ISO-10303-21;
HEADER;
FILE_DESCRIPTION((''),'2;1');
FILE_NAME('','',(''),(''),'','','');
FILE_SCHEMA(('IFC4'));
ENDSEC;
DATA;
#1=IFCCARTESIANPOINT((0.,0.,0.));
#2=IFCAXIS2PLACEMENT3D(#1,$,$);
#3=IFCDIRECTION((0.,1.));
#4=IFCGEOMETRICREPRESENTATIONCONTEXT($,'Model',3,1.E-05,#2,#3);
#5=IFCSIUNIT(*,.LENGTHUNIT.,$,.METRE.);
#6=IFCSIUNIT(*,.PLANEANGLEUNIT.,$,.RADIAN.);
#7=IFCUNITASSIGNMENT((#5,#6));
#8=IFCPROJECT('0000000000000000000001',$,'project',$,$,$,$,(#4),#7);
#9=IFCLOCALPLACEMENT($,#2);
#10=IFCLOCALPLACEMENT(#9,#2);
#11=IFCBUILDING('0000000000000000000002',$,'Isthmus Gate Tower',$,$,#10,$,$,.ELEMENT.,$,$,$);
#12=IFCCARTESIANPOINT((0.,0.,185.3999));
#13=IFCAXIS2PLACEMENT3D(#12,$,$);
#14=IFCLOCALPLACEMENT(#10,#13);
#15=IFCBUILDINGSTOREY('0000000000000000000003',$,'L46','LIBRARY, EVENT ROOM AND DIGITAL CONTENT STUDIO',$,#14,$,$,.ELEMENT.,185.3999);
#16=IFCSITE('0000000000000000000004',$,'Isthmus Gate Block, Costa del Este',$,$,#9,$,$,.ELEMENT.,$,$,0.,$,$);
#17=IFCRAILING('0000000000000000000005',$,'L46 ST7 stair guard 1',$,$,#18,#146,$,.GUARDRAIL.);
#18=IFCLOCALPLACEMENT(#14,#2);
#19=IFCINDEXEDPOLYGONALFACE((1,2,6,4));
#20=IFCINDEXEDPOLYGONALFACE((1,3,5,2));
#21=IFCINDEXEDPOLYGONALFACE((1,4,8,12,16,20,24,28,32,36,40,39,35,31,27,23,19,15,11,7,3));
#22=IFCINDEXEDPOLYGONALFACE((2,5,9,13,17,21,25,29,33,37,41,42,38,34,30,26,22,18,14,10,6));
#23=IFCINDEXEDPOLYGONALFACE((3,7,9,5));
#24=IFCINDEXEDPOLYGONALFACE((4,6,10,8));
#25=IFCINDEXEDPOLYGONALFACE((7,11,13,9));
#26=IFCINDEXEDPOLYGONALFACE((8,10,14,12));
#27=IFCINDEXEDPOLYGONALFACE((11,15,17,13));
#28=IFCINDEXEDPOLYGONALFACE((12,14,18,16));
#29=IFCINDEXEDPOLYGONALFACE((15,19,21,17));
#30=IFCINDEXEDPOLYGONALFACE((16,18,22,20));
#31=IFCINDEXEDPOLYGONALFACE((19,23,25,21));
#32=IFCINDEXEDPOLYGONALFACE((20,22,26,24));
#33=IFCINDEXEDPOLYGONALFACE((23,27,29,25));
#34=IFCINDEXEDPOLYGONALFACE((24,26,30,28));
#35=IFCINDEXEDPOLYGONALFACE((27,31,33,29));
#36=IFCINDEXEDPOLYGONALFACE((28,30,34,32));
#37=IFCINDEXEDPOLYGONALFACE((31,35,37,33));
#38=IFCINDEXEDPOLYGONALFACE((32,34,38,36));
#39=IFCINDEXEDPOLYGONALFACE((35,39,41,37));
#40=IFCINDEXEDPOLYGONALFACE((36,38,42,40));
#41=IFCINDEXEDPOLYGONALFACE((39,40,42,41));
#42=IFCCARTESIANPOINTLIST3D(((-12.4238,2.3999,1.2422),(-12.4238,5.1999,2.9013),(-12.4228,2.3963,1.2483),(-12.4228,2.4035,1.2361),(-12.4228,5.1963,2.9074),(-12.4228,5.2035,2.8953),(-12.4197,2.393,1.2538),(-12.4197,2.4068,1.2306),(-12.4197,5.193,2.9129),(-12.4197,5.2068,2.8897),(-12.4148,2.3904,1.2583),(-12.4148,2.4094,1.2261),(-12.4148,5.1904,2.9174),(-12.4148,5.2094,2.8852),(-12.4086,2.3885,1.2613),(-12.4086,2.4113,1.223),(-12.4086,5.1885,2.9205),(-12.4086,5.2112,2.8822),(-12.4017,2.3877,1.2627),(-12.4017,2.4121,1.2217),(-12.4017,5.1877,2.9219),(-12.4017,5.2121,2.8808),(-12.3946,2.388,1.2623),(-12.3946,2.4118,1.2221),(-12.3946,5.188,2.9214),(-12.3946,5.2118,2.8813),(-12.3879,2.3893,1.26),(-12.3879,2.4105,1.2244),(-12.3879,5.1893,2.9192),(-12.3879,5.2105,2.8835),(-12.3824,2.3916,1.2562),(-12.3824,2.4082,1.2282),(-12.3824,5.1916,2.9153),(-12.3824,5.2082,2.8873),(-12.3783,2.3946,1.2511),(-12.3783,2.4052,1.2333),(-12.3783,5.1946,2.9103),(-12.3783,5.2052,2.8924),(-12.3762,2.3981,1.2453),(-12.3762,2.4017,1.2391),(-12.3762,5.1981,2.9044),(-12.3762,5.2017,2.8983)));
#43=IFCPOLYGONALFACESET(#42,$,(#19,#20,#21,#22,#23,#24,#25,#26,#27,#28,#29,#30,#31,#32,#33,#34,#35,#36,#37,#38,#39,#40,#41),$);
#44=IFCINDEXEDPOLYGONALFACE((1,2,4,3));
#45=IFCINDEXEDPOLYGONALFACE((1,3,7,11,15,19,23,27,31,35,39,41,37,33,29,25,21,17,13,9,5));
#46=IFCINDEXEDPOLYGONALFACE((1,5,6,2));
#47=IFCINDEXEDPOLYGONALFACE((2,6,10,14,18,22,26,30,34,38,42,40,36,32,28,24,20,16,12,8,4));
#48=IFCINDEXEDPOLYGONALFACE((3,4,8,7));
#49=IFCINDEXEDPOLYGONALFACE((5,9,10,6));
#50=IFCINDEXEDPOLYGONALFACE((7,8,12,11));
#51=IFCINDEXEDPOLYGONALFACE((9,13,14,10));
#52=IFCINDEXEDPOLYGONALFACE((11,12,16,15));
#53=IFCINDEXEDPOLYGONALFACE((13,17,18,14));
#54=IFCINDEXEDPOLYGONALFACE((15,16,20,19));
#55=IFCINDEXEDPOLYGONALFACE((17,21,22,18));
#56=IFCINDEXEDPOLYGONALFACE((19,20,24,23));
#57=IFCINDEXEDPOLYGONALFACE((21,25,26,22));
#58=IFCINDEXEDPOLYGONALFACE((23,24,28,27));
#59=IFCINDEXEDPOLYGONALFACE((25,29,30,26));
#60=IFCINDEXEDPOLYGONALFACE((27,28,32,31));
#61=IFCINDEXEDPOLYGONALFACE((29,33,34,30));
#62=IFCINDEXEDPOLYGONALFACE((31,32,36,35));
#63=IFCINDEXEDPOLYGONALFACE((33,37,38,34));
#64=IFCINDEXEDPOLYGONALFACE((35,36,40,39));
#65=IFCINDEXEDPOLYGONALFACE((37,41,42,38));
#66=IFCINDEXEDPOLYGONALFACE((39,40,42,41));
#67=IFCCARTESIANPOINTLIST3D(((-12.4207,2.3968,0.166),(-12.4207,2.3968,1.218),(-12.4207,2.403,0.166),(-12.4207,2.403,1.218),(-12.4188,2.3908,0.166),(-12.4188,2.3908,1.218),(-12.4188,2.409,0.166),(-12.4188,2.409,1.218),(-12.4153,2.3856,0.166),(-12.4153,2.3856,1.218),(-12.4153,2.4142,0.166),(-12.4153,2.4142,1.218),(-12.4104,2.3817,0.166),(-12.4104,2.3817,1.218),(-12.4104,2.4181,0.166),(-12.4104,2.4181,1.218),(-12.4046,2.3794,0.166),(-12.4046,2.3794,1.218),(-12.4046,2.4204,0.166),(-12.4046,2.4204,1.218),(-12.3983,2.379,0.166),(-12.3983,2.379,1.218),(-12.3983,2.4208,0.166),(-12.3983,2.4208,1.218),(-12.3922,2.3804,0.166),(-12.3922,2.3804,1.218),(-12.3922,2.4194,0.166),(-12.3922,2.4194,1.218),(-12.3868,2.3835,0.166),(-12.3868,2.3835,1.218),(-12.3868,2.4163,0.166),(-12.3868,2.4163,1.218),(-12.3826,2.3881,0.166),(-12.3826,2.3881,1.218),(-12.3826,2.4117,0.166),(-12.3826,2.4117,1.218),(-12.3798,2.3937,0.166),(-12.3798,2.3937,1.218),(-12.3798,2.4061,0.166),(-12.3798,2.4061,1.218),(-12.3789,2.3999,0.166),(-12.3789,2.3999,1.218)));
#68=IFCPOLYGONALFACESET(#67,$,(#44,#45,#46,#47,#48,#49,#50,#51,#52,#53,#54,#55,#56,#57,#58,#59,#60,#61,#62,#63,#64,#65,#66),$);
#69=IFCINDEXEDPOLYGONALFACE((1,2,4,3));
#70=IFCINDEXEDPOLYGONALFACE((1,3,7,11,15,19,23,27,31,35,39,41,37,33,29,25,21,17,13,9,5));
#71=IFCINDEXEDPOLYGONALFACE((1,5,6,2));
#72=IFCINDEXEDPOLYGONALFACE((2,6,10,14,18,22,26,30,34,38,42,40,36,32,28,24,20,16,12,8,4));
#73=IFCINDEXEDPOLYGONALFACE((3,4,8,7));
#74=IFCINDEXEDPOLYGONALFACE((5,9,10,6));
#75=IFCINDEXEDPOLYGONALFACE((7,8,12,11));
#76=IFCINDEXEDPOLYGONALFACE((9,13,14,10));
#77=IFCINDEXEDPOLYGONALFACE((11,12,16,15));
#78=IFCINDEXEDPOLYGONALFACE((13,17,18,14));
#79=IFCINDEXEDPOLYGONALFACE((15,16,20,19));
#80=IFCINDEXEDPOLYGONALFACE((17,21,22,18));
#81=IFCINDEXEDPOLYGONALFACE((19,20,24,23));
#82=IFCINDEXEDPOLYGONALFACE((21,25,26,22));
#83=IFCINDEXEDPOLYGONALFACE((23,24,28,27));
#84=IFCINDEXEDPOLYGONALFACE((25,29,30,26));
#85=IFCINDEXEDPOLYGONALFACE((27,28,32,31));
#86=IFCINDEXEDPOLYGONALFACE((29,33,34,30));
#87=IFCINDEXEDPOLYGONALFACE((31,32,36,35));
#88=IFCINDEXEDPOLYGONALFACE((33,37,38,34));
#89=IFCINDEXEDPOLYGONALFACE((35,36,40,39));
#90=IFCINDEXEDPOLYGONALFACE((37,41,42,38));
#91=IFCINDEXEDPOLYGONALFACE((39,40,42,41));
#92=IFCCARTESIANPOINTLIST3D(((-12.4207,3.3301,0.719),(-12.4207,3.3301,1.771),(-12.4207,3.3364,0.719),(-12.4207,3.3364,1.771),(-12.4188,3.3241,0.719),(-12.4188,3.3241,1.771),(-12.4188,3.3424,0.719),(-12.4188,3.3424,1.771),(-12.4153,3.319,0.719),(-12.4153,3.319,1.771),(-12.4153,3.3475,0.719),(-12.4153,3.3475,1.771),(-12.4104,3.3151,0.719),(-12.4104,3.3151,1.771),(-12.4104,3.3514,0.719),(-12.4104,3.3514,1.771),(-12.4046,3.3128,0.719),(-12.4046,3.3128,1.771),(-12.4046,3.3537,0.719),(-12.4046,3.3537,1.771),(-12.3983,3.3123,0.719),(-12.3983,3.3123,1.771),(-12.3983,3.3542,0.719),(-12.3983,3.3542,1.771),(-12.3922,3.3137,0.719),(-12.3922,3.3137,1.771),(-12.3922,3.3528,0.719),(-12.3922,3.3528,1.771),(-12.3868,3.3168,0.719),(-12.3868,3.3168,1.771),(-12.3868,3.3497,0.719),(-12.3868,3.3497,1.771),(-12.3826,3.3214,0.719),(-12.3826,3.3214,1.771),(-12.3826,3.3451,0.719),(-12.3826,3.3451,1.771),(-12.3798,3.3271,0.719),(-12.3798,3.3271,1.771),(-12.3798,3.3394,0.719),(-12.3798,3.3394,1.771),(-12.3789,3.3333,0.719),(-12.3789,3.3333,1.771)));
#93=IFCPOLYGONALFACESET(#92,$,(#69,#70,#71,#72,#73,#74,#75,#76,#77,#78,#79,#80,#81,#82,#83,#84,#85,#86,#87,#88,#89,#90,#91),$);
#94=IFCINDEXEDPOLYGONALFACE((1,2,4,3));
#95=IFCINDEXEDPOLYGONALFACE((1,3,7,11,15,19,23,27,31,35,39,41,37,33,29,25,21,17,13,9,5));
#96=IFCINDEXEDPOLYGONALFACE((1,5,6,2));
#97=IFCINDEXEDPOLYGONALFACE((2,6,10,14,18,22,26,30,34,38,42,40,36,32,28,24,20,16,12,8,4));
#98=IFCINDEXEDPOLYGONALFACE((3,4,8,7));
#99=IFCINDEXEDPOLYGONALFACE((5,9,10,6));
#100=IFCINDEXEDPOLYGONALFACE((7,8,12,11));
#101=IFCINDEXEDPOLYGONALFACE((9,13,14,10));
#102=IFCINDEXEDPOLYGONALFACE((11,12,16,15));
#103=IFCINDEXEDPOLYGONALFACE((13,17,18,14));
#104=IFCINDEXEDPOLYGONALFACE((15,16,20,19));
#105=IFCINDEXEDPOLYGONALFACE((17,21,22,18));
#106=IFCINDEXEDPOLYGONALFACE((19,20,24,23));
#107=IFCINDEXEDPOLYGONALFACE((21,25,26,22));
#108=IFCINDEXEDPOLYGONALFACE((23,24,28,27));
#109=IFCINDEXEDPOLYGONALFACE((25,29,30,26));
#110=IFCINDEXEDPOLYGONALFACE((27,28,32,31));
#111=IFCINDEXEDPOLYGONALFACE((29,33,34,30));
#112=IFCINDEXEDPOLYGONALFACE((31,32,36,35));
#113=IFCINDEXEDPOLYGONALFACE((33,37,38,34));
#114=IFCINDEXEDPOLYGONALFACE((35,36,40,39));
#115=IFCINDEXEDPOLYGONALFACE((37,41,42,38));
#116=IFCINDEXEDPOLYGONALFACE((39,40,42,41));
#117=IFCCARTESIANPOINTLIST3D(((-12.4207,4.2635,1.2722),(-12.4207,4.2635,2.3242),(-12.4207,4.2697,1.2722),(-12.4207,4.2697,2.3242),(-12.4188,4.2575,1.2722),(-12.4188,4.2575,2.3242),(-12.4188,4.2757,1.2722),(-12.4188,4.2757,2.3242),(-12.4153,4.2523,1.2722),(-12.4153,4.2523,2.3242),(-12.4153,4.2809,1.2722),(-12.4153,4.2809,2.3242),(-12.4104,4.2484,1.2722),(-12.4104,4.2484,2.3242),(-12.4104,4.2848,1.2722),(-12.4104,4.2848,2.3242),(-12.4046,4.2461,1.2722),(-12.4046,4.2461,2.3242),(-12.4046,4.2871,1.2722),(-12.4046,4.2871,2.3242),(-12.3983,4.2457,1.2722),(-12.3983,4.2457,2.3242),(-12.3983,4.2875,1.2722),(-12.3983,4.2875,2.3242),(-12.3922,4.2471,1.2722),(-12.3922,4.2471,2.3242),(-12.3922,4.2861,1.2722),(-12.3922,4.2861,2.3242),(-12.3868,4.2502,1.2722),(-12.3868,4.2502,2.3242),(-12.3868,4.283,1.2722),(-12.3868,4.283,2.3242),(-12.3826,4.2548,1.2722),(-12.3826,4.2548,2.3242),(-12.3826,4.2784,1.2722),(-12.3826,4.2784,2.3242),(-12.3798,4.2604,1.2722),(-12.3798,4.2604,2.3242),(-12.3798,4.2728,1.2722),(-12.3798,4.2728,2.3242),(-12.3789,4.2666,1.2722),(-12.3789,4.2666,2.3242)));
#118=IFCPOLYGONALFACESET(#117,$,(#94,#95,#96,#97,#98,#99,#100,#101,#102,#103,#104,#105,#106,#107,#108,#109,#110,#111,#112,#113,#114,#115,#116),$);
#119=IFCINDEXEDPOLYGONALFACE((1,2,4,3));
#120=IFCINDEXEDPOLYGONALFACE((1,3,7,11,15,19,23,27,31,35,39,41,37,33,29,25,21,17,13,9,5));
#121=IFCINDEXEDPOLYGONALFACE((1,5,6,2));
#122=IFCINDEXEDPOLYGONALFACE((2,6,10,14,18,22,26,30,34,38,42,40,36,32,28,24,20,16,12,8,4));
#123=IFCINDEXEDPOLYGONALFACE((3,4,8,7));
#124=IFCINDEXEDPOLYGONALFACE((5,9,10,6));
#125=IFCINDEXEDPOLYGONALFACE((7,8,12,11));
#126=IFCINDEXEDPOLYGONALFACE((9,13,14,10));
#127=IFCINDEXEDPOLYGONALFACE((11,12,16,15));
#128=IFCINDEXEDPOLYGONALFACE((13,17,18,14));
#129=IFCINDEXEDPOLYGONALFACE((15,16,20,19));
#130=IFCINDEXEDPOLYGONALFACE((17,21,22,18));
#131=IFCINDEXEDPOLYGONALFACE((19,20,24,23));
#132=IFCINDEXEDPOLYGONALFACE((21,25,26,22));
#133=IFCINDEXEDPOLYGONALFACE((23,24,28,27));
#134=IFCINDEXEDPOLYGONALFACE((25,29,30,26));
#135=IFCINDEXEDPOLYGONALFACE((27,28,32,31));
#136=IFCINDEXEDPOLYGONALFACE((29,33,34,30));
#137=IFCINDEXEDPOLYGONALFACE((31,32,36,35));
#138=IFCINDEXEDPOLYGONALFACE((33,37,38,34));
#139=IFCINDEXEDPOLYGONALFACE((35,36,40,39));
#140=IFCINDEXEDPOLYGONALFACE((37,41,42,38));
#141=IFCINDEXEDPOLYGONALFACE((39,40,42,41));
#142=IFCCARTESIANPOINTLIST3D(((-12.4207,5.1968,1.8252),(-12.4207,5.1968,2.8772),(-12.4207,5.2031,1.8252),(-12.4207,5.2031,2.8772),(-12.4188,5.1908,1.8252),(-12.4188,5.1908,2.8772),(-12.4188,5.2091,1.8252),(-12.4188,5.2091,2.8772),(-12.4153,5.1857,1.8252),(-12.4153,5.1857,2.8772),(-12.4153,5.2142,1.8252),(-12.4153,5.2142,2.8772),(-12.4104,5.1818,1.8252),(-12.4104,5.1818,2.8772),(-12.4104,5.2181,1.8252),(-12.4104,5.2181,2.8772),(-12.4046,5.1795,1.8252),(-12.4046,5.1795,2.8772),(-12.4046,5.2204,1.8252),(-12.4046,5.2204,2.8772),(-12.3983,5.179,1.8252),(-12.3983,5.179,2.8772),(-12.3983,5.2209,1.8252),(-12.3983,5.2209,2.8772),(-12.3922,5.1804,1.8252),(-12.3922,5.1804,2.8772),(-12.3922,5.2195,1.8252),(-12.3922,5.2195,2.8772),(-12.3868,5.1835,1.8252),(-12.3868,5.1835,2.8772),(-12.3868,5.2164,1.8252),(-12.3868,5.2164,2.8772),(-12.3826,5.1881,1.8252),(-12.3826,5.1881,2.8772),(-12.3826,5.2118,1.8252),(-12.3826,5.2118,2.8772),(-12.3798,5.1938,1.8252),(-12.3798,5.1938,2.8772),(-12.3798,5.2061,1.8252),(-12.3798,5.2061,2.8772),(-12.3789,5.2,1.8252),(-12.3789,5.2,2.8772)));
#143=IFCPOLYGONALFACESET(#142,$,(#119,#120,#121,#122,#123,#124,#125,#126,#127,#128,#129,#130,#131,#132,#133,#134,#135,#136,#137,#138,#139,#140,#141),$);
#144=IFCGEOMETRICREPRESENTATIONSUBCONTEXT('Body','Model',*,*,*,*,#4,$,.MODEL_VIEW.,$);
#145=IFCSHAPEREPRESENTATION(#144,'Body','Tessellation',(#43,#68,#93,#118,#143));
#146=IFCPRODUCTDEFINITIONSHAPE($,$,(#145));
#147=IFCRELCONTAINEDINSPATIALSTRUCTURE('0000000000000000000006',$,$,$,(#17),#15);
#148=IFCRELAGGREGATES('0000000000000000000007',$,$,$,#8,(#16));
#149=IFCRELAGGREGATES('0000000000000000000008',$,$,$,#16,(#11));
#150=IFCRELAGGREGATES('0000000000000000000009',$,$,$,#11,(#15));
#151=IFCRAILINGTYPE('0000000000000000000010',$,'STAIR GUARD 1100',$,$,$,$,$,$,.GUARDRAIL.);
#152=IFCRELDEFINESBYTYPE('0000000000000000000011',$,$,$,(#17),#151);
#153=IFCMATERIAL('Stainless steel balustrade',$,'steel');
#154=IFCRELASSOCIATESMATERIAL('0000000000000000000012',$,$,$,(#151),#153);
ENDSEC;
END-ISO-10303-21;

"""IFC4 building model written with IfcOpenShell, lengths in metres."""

from ifc_helpers import new_model, si_unit, direction, frame, origin, origin_2d, place, context, subcontext, project, spatial, circle, extrude, material, type_object, element, save


model = new_model("IFC4")

# Units and contexts
model_context = context("Model", 3, precision=1e-05, world=origin(), true_north=direction((0.0, 1.0)))
body_context = subcontext(model_context, "Body", "Model", "MODEL_VIEW")
ifc_project = project(units=[si_unit("LENGTHUNIT", "METRE"), si_unit("PLANEANGLEUNIT", "RADIAN")], contexts=[model_context])

# Site, building, storey
site_placement = place(None, origin())
site = spatial("IfcSite", under=ifc_project, at=site_placement, Name="Isthmus Gate Block, Costa del Este", CompositionType="ELEMENT", RefElevation=0.0)
building_placement = place(site_placement, origin())
building = spatial("IfcBuilding", under=site, at=building_placement, Name="Isthmus Gate Tower", CompositionType="ELEMENT")
storey_placement = place(building_placement, frame((0.0, 0.0, 185.3999)))
storey = spatial("IfcBuildingStorey", under=building, at=storey_placement, Name="L46", Description="LIBRARY, EVENT ROOM AND DIGITAL CONTENT STUDIO", CompositionType="ELEMENT", Elevation=185.3999)

# Railing
ifc_material_1 = material(Name="Stainless steel balustrade", Category="steel")
railing_type_1 = type_object("IfcRailingType", Name="STAIR GUARD 1100", PredefinedType="GUARDRAIL", material=ifc_material_1)
railing_1_placement = place(storey_placement, frame((-12.3999, 2.3999, 0.166)))
element("IfcRailing", 1, at=railing_1_placement, inside=storey, type_object=railing_type_1, Name="L46 ST7 stair guard 1", PredefinedType="GUARDRAIL", context=body_context, shape_type="SweptSolid", body=[
    extrude(circle(Radius=0.0239, at=origin_2d()), frame((0.0, 0.0, 1.0762), z_axis=(0.0, 0.860306, 0.509778), x_axis=(-1.0, 0.0, 0.0)), (0.0, 0.0, 1.0), 3.2546),
    extrude(circle(Radius=0.021, at=origin_2d()), origin(), (0.0, 0.0, 1.0), 1.052),
    extrude(circle(Radius=0.021, at=origin_2d()), frame((0.0, 0.9333, 0.553)), (0.0, 0.0, 1.0), 1.052),
    extrude(circle(Radius=0.021, at=origin_2d()), frame((0.0, 1.8667, 1.1062)), (0.0, 0.0, 1.0), 1.052),
    extrude(circle(Radius=0.021, at=origin_2d()), frame((0.0, 2.8, 1.6592)), (0.0, 0.0, 1.0), 1.052),
])

save(model, "model.ifc")
